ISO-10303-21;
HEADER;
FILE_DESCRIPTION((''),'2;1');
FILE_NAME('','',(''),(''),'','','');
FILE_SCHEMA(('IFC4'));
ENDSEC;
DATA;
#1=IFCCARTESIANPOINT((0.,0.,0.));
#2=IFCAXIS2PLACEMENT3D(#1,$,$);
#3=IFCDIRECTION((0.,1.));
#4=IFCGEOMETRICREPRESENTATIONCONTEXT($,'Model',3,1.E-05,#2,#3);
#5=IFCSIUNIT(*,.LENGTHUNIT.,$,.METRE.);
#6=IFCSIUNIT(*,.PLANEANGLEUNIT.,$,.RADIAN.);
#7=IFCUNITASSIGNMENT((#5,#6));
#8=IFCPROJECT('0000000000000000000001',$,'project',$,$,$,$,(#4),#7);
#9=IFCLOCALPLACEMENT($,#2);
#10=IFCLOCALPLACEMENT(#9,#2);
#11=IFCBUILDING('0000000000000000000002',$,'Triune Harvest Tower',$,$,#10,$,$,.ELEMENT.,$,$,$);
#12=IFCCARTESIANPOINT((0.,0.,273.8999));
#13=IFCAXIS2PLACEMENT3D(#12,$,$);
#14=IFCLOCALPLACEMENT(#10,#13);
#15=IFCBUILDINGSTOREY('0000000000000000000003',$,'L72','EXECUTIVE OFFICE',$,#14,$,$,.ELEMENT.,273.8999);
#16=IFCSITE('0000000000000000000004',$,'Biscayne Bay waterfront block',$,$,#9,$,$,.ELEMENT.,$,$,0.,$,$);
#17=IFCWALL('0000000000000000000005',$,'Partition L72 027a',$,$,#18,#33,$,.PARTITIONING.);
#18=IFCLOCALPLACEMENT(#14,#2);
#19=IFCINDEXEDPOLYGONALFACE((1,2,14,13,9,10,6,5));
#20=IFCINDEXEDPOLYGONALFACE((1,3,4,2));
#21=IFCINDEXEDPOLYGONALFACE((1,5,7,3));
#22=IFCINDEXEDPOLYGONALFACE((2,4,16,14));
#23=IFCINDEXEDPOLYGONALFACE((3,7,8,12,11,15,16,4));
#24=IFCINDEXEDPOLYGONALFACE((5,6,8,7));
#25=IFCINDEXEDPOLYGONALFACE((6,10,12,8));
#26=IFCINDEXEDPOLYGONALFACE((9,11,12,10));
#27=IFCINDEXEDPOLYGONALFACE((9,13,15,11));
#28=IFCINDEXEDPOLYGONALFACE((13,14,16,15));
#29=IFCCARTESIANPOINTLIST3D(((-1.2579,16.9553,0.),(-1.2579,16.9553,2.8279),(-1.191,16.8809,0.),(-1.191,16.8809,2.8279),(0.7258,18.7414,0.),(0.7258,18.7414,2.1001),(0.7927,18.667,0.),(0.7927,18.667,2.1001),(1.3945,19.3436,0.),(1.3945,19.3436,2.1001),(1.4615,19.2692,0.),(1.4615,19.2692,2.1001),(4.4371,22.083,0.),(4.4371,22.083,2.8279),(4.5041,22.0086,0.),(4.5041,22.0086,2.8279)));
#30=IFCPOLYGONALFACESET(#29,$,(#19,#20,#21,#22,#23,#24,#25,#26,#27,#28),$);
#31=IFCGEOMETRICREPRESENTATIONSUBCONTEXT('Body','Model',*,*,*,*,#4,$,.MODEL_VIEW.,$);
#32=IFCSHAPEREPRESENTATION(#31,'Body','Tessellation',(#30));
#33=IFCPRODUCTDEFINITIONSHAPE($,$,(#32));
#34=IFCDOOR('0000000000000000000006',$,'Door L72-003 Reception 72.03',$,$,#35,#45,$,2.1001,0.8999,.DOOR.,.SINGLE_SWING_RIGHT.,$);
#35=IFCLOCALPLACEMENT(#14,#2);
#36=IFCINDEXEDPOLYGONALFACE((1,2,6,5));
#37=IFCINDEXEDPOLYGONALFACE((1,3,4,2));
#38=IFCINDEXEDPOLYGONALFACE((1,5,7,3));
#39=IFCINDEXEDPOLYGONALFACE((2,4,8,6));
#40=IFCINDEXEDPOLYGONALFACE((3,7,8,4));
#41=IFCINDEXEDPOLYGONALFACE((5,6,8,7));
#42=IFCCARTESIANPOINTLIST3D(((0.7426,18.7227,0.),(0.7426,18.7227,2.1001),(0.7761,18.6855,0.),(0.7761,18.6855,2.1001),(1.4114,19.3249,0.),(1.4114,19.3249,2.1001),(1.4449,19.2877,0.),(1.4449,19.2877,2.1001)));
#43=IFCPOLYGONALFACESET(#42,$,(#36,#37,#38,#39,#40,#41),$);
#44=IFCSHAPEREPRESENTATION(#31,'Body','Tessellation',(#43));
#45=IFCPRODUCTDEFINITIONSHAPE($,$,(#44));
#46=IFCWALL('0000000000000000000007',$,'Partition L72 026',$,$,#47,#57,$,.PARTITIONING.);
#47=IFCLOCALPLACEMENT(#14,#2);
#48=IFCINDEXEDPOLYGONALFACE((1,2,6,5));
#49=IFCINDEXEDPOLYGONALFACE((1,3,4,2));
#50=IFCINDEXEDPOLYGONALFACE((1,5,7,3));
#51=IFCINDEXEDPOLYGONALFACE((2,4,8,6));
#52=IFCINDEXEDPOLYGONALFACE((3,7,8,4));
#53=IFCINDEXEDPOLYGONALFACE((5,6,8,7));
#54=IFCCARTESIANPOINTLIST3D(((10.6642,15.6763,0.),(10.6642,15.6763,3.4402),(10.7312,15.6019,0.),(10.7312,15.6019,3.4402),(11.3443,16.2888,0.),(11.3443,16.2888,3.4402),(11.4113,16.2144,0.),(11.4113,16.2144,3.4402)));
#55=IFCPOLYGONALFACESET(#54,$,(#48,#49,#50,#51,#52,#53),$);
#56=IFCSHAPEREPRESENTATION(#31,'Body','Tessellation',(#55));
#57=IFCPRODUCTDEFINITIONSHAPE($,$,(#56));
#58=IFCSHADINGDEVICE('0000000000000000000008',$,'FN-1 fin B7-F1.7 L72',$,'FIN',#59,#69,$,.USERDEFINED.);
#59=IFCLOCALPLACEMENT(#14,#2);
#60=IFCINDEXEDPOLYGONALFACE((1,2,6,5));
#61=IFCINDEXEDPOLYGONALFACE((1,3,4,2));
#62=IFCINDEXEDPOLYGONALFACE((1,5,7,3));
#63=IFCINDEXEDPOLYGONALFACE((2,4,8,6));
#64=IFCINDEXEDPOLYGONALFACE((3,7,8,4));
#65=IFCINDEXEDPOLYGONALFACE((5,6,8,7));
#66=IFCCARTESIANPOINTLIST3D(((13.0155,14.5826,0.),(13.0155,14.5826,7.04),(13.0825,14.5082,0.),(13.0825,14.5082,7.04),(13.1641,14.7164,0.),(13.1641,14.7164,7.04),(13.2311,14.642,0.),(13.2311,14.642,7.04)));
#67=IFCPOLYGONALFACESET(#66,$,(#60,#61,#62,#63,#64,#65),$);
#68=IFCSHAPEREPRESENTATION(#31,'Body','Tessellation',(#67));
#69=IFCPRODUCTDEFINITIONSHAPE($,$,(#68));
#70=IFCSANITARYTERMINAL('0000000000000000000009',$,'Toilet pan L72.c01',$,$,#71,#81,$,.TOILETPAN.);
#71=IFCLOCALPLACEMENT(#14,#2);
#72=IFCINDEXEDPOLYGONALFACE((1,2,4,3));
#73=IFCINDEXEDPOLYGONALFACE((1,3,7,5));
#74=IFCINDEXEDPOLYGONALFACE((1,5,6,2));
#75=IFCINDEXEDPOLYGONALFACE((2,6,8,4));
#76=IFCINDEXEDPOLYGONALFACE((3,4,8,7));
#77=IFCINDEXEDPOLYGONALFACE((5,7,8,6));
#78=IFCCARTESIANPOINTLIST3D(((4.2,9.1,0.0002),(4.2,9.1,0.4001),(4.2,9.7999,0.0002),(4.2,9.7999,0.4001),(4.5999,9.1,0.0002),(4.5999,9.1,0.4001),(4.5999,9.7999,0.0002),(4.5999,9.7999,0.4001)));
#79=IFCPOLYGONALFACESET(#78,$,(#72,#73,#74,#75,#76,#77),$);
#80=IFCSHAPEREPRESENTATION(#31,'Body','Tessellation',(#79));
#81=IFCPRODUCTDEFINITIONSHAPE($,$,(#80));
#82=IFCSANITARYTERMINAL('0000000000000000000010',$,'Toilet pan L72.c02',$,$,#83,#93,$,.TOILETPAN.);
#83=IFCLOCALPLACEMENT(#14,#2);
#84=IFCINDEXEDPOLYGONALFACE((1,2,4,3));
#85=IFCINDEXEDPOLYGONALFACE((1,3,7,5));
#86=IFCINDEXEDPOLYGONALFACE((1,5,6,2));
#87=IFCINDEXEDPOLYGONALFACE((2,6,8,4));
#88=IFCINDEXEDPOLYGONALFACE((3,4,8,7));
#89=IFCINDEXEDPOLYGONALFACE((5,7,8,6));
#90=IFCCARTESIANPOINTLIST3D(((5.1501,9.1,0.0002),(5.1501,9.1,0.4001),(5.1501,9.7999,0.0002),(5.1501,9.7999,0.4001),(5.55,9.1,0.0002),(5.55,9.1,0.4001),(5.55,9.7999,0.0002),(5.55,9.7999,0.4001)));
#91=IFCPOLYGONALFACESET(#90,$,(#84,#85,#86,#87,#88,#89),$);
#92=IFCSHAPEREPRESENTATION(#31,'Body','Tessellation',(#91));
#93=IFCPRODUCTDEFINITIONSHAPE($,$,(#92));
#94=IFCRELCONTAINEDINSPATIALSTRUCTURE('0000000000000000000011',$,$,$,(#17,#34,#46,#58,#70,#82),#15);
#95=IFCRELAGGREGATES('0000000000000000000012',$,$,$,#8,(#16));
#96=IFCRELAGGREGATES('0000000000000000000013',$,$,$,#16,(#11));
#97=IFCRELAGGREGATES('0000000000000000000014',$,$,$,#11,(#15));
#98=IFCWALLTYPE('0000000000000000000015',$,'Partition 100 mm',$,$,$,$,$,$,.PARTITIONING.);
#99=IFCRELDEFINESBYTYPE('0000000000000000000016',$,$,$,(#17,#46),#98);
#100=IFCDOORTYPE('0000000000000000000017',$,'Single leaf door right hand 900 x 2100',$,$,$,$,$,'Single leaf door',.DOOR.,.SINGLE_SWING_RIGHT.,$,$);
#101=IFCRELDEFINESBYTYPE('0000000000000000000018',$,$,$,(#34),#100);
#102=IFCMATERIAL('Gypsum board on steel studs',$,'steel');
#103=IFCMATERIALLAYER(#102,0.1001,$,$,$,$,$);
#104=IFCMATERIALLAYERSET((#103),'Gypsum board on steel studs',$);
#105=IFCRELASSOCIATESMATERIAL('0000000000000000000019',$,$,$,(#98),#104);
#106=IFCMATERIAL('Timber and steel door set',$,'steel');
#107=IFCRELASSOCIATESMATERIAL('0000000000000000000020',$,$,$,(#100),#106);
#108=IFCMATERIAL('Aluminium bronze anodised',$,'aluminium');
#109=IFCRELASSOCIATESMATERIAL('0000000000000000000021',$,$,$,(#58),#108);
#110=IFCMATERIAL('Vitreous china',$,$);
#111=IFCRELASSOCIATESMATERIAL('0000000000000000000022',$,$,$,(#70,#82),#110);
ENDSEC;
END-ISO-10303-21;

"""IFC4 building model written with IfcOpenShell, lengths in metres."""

from ifc_helpers import new_model, si_unit, direction, frame, frame_2d, origin, origin_2d, place, context, subcontext, project, spatial, rectangle, extrude, source, transform, mapped, material, layer, layer_set, type_object, element, fill, save


model = new_model("IFC4")

# Units and contexts
model_context = context("Model", 3, precision=1e-05, world=origin(), true_north=direction((0.0, 1.0)))
body_context = subcontext(model_context, "Body", "Model", "MODEL_VIEW")
ifc_project = project(units=[si_unit("LENGTHUNIT", "METRE"), si_unit("PLANEANGLEUNIT", "RADIAN")], contexts=[model_context])

# Site, building, storey
site_placement = place(None, origin())
site = spatial("IfcSite", under=ifc_project, at=site_placement, Name="Biscayne Bay waterfront block", CompositionType="ELEMENT", RefElevation=0.0)
building_placement = place(site_placement, origin())
building = spatial("IfcBuilding", under=site, at=building_placement, Name="Triune Harvest Tower", CompositionType="ELEMENT")
storey_placement = place(building_placement, frame((0.0, 0.0, 273.8999)))
storey = spatial("IfcBuildingStorey", under=building, at=storey_placement, Name="L72", Description="EXECUTIVE OFFICE", CompositionType="ELEMENT", Elevation=273.8999)

# Shared definitions
ifc_material_1 = material(Name="Gypsum board on steel studs", Category="steel")
ifc_layer_1 = layer(ifc_material_1, 0.1001)
ifc_layer_set_1 = layer_set([ifc_layer_1], Name="Gypsum board on steel studs")
wall_type_1 = type_object("IfcWallType", Name="Partition 100 mm", PredefinedType="PARTITIONING", material=ifc_layer_set_1)

# Wall, opening, door
shared_shape_1 = source(origin(), body_context, "Body", "SweptSolid", [
    extrude(rectangle(XDim=7.6633, YDim=0.1001, at=frame_2d((3.8315, 0.0))), origin(), (0.0, 0.0, 1.0), 2.8279),
])
wall_1_placement = place(storey_placement, frame((-1.2244, 16.9182, 0.0), z_axis=(0.0, 0.0, 1.0), x_axis=(0.743156, 0.669118, 0.0)))
wall_1 = element("IfcWall", 1, at=wall_1_placement, inside=storey, type_object=wall_type_1, Name="Partition L72 027a", PredefinedType="PARTITIONING", context=body_context, shape_type="MappedRepresentation", body=[
    mapped(shared_shape_1, transform((0.0, 0.0, 0.0), scale=1.0)),
])
opening_1_placement = place(wall_1_placement, frame((2.6692, 0.0, 0.0)))
opening_1 = element("IfcOpeningElement", 2, at=opening_1_placement, cuts=wall_1, PredefinedType="OPENING", context=body_context, shape_type="SweptSolid", body=[
    extrude(rectangle(XDim=0.8999, YDim=2.1001, at=frame_2d((0.45, 1.05))), frame((0.0, 0.0601, 0.0), z_axis=(0.0, -1.0, 0.0), x_axis=(1.0, 0.0, 0.0)), (0.0, 0.0, 1.0), 0.1201),
])
ifc_material_2 = material(Name="Timber and steel door set", Category="steel")
door_type_1 = type_object("IfcDoorType", Name="Single leaf door right hand 900 x 2100", ElementType="Single leaf door", OperationType="SINGLE_SWING_RIGHT", PredefinedType="DOOR", material=ifc_material_2)
door_1_placement = place(opening_1_placement, origin())
door_1 = element("IfcDoor", 3, at=door_1_placement, inside=storey, type_object=door_type_1, Name="Door L72-003 Reception 72.03", OperationType="SINGLE_SWING_RIGHT", OverallHeight=2.1001, OverallWidth=0.8999, PredefinedType="DOOR", context=body_context, shape_type="SweptSolid", body=[
    extrude(rectangle(XDim=0.8999, YDim=2.1001, at=frame_2d((0.45, 1.05))), frame((0.0, 0.0249, 0.0), z_axis=(0.0, -1.0, 0.0), x_axis=(1.0, 0.0, 0.0)), (0.0, 0.0, 1.0), 0.05),
])
fill(opening_1, door_1)

# Wall
shared_shape_2 = source(origin(), body_context, "Body", "SweptSolid", [
    extrude(rectangle(XDim=0.9153, YDim=0.1001, at=frame_2d((0.4575, 0.0))), origin(), (0.0, 0.0, 1.0), 3.4402),
])
wall_2_placement = place(storey_placement, frame((10.6978, 15.6392, 0.0), z_axis=(0.0, 0.0, 1.0), x_axis=(0.743082, 0.6692, 0.0)))
element("IfcWall", 4, at=wall_2_placement, inside=storey, type_object=wall_type_1, Name="Partition L72 026", PredefinedType="PARTITIONING", context=body_context, shape_type="MappedRepresentation", body=[
    mapped(shared_shape_2, transform((0.0, 0.0, 0.0), scale=1.0)),
])

# Shading device
ifc_material_3 = material(Name="Aluminium bronze anodised", Category="aluminium")
shared_shape_3 = source(origin(), body_context, "Body", "SweptSolid", [
    extrude(rectangle(XDim=0.1001, YDim=0.2, at=origin_2d()), origin(), (0.0, 0.0, 1.0), 7.04),
])
shading_device_placement = place(storey_placement, frame((13.1233, 14.6123, 0.0), z_axis=(0.0, 0.0, 1.0), x_axis=(-0.669131, 0.743144, 0.0)))
element("IfcShadingDevice", 5, at=shading_device_placement, inside=storey, material=ifc_material_3, Name="FN-1 fin B7-F1.7 L72", ObjectType="FIN", PredefinedType="USERDEFINED", context=body_context, shape_type="MappedRepresentation", body=[
    mapped(shared_shape_3, transform((0.0, 0.0, 0.0), scale=1.0)),
])

# Sanitary terminals
ifc_material_4 = material(Name="Vitreous china")
shared_shape_4 = source(origin(), body_context, "Body", "SweptSolid", [
    extrude(rectangle(XDim=0.3999, YDim=0.7, at=origin_2d()), origin(), (0.0, 0.0, 1.0), 0.3999),
])
for number, where, z_axis, x_axis, name in (
    (6, (4.3999, 9.45, 0.0002), (0.0, 0.0, 1.0), (1.0, 0.0, 0.0), "Toilet pan L72.c01"),
    (7, (5.3501, 9.45, 0.0002), (0.0, 0.0, 1.0), (1.0, 0.0, 0.0), "Toilet pan L72.c02"),
):
    element("IfcSanitaryTerminal", number, at=place(storey_placement, frame(where, z_axis=z_axis, x_axis=x_axis)), inside=storey, material=ifc_material_4, Name=name, PredefinedType="TOILETPAN", context=body_context, shape_type="MappedRepresentation", body=[
        mapped(shared_shape_4, transform((0.0, 0.0, 0.0), scale=1.0)),
    ])

save(model, "model.ifc")
